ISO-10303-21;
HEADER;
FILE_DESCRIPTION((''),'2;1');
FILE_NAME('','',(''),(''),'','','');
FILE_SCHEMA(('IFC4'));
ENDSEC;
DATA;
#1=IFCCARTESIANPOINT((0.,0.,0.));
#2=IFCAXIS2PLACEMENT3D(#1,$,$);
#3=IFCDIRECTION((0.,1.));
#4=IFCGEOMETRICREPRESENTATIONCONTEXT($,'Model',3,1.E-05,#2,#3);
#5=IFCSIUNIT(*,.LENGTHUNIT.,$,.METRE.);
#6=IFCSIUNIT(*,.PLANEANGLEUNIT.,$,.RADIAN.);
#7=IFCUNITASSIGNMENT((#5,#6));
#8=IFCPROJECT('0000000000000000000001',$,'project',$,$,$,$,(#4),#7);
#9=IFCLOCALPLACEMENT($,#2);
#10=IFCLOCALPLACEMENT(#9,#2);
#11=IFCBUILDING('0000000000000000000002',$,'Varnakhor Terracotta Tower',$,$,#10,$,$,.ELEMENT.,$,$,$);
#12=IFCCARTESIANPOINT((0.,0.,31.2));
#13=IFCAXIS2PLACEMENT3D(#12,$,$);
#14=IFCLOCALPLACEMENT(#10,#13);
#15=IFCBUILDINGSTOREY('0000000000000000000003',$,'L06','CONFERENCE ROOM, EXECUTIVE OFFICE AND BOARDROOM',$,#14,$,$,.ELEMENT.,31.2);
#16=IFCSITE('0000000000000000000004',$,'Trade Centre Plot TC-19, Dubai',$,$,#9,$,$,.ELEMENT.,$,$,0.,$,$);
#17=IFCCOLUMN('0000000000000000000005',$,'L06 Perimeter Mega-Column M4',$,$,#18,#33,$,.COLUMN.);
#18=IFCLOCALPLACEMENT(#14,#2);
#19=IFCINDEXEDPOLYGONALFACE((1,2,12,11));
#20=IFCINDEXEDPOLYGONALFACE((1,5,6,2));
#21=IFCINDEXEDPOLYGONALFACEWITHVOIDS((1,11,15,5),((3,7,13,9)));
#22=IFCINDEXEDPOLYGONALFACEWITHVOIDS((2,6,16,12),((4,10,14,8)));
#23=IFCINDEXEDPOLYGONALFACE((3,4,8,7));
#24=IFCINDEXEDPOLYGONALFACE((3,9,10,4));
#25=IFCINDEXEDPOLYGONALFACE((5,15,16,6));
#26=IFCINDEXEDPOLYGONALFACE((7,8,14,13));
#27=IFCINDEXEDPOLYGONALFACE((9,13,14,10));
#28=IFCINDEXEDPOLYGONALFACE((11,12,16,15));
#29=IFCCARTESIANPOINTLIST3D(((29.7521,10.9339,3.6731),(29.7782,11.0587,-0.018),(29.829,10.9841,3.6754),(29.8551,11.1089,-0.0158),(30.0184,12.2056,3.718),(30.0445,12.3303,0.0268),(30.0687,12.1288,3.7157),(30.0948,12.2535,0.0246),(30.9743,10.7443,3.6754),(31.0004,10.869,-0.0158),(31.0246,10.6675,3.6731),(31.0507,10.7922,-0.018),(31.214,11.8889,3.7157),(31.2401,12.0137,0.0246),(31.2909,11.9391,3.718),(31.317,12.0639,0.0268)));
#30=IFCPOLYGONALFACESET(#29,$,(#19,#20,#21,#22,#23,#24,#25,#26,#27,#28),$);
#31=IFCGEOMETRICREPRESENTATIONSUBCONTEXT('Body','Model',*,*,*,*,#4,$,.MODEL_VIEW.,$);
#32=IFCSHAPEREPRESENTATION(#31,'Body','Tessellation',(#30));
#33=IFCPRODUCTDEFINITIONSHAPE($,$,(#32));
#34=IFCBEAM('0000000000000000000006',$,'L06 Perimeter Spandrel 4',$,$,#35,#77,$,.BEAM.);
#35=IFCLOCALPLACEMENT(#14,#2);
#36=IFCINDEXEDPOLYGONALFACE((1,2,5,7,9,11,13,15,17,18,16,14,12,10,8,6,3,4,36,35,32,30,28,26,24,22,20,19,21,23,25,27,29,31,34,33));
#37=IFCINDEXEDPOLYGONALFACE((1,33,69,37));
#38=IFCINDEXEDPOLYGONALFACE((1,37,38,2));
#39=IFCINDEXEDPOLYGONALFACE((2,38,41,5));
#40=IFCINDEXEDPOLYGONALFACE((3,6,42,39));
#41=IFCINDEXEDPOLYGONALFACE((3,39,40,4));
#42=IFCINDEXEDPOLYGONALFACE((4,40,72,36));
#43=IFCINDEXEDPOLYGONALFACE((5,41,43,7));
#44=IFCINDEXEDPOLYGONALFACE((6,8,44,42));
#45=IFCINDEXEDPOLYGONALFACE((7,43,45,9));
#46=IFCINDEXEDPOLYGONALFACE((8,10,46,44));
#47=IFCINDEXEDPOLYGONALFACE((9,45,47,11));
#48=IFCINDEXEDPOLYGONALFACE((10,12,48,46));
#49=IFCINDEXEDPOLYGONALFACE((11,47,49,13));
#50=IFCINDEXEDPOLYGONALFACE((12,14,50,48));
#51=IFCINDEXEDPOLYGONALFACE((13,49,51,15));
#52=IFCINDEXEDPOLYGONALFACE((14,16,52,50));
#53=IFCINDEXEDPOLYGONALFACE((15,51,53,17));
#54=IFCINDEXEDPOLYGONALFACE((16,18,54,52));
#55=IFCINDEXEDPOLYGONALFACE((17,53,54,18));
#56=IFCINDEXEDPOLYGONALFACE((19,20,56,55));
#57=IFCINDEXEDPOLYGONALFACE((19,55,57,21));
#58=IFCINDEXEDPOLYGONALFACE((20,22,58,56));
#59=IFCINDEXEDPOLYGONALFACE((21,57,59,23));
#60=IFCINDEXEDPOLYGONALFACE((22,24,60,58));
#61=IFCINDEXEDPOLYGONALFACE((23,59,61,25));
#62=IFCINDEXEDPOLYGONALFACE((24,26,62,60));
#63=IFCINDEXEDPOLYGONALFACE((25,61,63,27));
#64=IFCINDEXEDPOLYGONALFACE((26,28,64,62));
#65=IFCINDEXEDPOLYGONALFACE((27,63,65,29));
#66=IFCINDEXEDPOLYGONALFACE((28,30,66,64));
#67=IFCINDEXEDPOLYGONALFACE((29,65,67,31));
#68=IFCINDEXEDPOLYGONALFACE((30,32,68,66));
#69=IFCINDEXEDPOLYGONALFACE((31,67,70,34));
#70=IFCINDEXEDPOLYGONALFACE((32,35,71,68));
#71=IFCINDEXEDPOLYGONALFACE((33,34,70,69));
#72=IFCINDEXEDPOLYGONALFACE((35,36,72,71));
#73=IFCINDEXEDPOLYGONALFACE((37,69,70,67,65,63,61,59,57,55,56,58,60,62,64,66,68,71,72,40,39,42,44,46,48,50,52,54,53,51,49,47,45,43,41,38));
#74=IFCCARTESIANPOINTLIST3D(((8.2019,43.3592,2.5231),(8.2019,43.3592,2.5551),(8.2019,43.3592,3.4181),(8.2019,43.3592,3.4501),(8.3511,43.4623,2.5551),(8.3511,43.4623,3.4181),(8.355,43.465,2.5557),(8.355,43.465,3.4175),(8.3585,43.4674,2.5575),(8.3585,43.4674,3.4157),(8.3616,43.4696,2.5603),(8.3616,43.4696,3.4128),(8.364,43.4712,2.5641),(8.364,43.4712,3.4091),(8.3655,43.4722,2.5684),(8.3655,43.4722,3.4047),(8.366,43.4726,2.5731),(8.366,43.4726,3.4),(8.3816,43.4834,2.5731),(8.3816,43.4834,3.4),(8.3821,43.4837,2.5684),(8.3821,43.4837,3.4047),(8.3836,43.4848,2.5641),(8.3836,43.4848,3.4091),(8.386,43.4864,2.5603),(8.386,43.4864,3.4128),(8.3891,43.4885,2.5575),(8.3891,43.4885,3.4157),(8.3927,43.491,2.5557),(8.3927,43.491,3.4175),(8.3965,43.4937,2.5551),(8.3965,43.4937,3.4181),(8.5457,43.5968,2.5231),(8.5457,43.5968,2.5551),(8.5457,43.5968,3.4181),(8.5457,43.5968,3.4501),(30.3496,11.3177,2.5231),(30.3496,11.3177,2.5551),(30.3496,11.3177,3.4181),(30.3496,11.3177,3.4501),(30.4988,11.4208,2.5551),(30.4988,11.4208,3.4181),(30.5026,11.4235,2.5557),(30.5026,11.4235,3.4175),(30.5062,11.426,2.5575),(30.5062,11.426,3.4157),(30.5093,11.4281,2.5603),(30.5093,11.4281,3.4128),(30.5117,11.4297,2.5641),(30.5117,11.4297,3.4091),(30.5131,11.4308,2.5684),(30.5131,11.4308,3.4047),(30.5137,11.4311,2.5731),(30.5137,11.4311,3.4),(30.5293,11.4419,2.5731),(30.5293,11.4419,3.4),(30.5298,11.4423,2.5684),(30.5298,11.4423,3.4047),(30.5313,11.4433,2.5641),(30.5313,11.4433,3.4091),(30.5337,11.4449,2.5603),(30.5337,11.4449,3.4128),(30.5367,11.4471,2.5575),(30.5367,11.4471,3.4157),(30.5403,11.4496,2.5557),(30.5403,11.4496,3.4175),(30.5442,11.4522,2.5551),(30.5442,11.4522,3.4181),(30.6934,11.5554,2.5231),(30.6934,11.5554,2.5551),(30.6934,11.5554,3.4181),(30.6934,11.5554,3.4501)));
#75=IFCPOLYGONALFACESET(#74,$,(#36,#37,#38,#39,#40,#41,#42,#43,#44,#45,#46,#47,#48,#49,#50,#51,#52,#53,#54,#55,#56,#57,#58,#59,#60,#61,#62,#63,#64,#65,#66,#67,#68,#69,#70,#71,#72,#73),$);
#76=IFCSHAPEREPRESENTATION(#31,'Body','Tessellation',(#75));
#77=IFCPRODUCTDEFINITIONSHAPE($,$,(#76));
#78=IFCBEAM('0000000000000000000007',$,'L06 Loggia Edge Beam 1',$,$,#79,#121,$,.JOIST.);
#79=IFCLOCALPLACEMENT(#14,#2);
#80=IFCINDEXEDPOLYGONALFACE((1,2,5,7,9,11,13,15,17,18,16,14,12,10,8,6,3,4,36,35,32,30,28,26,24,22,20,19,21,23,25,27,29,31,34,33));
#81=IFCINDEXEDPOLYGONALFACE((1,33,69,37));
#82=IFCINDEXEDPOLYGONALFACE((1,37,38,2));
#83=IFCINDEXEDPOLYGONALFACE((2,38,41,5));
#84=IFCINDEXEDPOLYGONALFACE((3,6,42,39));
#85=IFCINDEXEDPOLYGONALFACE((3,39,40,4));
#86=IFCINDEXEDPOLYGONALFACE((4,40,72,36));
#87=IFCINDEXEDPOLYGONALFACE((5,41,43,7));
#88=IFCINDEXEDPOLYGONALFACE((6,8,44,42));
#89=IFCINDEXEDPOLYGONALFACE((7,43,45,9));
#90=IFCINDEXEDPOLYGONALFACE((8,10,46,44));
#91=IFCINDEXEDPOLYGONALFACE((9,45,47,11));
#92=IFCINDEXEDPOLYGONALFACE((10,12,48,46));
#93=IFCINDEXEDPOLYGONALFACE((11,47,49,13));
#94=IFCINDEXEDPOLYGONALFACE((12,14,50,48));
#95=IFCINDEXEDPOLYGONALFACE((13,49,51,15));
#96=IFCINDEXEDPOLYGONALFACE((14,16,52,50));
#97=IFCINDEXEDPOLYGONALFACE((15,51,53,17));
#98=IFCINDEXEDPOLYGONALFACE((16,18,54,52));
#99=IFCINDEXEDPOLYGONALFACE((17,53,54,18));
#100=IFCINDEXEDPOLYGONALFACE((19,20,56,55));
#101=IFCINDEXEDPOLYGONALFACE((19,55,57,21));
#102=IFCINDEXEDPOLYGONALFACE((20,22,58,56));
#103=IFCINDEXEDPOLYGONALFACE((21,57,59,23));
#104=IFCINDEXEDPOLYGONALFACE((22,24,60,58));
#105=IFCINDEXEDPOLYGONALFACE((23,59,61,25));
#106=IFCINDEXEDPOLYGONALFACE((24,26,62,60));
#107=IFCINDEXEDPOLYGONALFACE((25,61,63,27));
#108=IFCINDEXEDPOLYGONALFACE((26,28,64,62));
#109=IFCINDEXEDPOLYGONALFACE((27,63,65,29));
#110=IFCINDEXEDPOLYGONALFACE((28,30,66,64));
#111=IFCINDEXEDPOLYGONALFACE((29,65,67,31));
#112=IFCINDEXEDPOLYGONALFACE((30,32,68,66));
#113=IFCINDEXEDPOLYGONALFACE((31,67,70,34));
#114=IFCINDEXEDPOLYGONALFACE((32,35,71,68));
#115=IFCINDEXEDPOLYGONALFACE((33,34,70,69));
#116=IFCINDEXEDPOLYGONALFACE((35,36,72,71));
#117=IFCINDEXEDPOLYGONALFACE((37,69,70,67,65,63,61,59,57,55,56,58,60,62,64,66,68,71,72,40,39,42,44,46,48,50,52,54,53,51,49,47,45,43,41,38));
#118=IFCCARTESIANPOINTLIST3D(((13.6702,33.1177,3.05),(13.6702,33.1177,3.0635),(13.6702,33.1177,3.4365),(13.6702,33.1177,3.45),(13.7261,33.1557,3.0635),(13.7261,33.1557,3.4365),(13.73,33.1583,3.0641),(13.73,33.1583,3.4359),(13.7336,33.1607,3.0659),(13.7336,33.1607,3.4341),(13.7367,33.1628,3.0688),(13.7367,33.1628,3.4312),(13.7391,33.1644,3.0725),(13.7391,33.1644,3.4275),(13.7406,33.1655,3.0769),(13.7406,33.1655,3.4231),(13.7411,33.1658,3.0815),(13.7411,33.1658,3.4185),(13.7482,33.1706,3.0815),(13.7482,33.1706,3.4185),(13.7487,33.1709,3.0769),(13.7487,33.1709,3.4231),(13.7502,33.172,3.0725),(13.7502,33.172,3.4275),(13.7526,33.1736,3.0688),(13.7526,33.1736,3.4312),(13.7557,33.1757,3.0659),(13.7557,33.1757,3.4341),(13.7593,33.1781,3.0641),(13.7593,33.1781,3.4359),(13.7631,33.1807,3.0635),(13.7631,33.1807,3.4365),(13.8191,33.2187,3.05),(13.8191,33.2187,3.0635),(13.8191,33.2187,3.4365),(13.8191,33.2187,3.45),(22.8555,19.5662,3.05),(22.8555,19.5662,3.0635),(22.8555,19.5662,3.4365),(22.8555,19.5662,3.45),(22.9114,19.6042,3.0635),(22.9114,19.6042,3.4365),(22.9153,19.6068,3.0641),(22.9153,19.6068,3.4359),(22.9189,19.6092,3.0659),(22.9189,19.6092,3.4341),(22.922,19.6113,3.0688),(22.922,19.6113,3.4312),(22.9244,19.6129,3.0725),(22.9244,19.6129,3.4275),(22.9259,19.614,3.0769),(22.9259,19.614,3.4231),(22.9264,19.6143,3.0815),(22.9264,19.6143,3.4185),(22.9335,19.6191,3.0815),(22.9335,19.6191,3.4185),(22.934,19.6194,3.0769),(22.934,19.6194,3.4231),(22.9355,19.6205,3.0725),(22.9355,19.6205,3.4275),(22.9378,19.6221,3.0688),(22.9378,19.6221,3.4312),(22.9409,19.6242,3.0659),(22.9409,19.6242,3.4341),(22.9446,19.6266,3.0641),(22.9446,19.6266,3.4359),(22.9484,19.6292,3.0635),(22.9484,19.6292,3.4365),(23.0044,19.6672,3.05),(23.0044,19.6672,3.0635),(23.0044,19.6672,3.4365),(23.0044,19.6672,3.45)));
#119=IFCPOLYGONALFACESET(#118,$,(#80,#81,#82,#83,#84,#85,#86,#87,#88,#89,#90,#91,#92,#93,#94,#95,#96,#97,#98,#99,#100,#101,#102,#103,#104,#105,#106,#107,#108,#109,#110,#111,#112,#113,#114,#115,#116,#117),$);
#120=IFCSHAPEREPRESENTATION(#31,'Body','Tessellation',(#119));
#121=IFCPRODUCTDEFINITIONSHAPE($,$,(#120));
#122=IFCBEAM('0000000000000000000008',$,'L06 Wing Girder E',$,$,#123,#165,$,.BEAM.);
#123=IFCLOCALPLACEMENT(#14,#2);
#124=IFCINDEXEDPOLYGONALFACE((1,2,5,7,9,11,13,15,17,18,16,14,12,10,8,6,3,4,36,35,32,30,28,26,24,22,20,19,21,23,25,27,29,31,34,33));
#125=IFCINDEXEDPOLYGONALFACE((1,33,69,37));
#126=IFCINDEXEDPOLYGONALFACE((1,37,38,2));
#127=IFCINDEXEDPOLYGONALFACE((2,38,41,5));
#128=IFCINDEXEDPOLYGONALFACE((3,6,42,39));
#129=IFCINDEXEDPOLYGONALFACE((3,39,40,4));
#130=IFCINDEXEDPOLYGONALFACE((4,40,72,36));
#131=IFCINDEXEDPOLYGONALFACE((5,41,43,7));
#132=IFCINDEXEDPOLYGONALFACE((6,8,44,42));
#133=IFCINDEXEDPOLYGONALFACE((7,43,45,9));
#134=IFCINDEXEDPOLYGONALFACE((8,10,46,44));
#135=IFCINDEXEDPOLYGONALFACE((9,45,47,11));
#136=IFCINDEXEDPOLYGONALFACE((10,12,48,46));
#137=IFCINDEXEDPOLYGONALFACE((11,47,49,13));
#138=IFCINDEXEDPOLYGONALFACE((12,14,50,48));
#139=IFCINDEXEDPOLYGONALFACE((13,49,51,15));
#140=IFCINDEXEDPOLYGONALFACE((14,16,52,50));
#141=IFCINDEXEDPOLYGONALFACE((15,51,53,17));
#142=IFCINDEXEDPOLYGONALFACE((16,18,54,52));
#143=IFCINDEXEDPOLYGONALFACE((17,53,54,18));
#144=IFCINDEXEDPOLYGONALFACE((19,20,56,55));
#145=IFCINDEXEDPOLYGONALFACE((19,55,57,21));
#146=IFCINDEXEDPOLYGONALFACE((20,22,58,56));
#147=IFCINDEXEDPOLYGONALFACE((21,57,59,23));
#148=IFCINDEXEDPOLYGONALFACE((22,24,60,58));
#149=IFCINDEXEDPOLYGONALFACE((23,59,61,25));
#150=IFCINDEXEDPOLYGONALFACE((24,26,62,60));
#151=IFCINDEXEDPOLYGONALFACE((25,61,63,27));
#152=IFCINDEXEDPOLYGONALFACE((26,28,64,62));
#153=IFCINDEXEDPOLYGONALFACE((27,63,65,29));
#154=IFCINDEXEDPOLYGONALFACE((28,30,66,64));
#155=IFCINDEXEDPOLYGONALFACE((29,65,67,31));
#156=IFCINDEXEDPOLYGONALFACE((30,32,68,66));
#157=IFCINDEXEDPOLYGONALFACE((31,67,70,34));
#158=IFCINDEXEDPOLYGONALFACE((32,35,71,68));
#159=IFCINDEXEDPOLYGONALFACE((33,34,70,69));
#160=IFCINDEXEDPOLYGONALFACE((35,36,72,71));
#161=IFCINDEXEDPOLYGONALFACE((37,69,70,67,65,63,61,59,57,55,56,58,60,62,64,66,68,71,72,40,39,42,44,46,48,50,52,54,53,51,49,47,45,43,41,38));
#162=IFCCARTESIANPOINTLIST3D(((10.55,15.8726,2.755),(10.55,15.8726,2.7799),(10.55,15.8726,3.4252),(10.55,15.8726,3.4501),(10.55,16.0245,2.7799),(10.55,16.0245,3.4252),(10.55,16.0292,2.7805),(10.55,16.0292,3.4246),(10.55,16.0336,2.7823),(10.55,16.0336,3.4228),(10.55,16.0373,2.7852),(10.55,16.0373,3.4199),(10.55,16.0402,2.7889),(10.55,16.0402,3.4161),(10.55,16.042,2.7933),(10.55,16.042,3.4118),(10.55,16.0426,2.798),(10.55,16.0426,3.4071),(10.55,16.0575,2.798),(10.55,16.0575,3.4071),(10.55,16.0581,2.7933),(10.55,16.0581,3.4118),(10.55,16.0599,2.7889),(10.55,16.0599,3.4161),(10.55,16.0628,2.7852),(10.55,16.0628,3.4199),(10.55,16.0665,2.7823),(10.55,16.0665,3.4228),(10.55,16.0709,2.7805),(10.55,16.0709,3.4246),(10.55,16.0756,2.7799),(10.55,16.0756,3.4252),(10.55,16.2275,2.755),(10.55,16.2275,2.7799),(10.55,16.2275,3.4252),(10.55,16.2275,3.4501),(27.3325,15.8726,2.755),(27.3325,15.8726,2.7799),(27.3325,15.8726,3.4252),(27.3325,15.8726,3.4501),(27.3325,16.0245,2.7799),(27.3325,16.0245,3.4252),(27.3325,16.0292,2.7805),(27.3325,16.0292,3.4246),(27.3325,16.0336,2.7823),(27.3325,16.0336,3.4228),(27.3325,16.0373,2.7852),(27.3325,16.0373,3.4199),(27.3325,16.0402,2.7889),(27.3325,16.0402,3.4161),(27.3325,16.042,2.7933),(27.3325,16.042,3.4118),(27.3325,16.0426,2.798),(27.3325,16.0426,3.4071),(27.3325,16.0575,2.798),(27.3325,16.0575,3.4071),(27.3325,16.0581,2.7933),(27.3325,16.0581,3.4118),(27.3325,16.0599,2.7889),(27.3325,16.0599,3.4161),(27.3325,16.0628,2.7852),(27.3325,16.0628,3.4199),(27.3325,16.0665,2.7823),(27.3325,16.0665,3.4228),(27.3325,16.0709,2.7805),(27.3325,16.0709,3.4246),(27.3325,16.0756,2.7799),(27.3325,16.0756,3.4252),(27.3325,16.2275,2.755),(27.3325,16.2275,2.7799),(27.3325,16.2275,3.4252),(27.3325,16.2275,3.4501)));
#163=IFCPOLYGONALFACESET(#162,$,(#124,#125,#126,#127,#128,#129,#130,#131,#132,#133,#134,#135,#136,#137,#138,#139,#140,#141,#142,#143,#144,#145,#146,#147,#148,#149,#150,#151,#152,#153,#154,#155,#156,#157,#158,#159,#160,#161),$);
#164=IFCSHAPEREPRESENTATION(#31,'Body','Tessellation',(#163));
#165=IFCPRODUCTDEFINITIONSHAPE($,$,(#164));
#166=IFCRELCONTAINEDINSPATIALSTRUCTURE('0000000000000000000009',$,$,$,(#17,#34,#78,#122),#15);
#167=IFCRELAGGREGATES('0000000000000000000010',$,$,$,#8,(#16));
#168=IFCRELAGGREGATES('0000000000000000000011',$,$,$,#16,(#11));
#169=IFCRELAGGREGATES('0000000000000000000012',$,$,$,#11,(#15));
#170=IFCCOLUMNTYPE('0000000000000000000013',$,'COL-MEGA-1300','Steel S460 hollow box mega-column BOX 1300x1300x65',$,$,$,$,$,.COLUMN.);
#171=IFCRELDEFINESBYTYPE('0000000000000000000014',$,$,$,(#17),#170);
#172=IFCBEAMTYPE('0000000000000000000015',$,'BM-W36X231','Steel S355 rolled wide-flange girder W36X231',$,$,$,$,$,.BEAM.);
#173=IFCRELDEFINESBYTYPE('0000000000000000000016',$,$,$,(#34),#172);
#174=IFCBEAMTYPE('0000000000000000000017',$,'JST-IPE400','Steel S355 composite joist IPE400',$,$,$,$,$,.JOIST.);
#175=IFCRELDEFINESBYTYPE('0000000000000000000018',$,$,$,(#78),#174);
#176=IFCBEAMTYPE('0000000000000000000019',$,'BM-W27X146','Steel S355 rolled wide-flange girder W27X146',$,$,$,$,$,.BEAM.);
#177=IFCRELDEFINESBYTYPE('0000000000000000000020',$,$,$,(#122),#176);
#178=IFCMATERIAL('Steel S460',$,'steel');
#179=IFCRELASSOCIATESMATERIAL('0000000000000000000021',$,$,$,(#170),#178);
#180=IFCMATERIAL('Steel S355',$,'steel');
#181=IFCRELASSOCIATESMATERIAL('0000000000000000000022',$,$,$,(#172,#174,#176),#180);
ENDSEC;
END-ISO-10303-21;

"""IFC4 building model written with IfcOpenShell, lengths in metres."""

from ifc_helpers import new_model, si_unit, direction, frame, origin, origin_2d, place, context, subcontext, project, spatial, hollow_rectangle, i_section, extrude, source, transform, mapped, material, material_profile, profile_set, type_object, element, save


model = new_model("IFC4")

# Units and contexts
model_context = context("Model", 3, precision=1e-05, world=origin(), true_north=direction((0.0, 1.0)))
body_context = subcontext(model_context, "Body", "Model", "MODEL_VIEW")
ifc_project = project(units=[si_unit("LENGTHUNIT", "METRE"), si_unit("PLANEANGLEUNIT", "RADIAN")], contexts=[model_context])

# Site, building, storey
site_placement = place(None, origin())
site = spatial("IfcSite", under=ifc_project, at=site_placement, Name="Trade Centre Plot TC-19, Dubai", CompositionType="ELEMENT", RefElevation=0.0)
building_placement = place(site_placement, origin())
building = spatial("IfcBuilding", under=site, at=building_placement, Name="Varnakhor Terracotta Tower", CompositionType="ELEMENT")
storey_placement = place(building_placement, frame((0.0, 0.0, 31.2)))
storey = spatial("IfcBuildingStorey", under=building, at=storey_placement, Name="L06", Description="CONFERENCE ROOM, EXECUTIVE OFFICE AND BOARDROOM", CompositionType="ELEMENT", Elevation=31.2)

# Column
ifc_material_1 = material(Name="Steel S460", Category="steel")
ifc_material_profile_1 = material_profile(ifc_material_1, hollow_rectangle(XDim=1.3, YDim=1.3, WallThickness=0.0649, at=origin_2d()), Name="BOX 1300x1300x65")
ifc_profile_set_1 = profile_set([ifc_material_profile_1], Name="Steel S460")
column_type = type_object("IfcColumnType", Name="COL-MEGA-1300", Description="Steel S460 hollow box mega-column BOX 1300x1300x65", PredefinedType="COLUMN", material=ifc_profile_set_1)
shared_shape_1 = source(origin(), body_context, "Body", "SweptSolid", [
    extrude(hollow_rectangle(XDim=1.3, YDim=1.3, WallThickness=0.0649, at=origin_2d()), origin(), (0.0, 0.0, 1.0), 3.6934),
])
column_placement = place(storey_placement, frame((30.5476, 11.5613, 0.0044), z_axis=(-0.007073, -0.033778, 0.999404), x_axis=(0.978773, -0.204949, 0.0)))
element("IfcColumn", 1, at=column_placement, inside=storey, type_object=column_type, Name="L06 Perimeter Mega-Column M4", PredefinedType="COLUMN", context=body_context, shape_type="MappedRepresentation", body=[
    mapped(shared_shape_1, transform((0.0, 0.0, 0.0), scale=1.0)),
])

# Beams
ifc_material_2 = material(Name="Steel S355", Category="steel")
ifc_material_profile_2 = material_profile(ifc_material_2, i_section(OverallWidth=0.418, OverallDepth=0.927, WebThickness=0.019, FlangeThickness=0.032, FilletRadius=0.0181, at=origin_2d()), Name="W36X231")
ifc_profile_set_2 = profile_set([ifc_material_profile_2], Name="Steel S355")
beam_type_1 = type_object("IfcBeamType", Name="BM-W36X231", Description="Steel S355 rolled wide-flange girder W36X231", PredefinedType="BEAM", material=ifc_profile_set_2)
shared_shape_2 = source(origin(), body_context, "Body", "SweptSolid", [
    extrude(i_section(OverallWidth=0.418, OverallDepth=0.927, WebThickness=0.019, FlangeThickness=0.032, FilletRadius=0.0181, at=origin_2d()), origin(), (0.0, 0.0, 1.0), 38.9509),
])
beam_1_placement = place(storey_placement, frame((30.5215, 11.4365, 2.9866), z_axis=(-0.568605, 0.822611, 0.0), x_axis=(-0.822611, -0.568605, 0.0)))
element("IfcBeam", 2, at=beam_1_placement, inside=storey, type_object=beam_type_1, Name="L06 Perimeter Spandrel 4", PredefinedType="BEAM", context=body_context, shape_type="MappedRepresentation", body=[
    mapped(shared_shape_2, transform((0.0, 0.0, 0.0), scale=1.0)),
])
ifc_material_profile_3 = material_profile(ifc_material_2, i_section(OverallWidth=0.1799, OverallDepth=0.3999, WebThickness=0.0085, FlangeThickness=0.0134, FilletRadius=0.0181, at=origin_2d()), Name="IPE400")
ifc_profile_set_3 = profile_set([ifc_material_profile_3], Name="Steel S355")
beam_type_2 = type_object("IfcBeamType", Name="JST-IPE400", Description="Steel S355 composite joist IPE400", PredefinedType="JOIST", material=ifc_profile_set_3)
shared_shape_3 = source(origin(), body_context, "Body", "SweptSolid", [
    extrude(i_section(OverallWidth=0.1799, OverallDepth=0.3999, WebThickness=0.0085, FlangeThickness=0.0134, FilletRadius=0.0181, at=origin_2d()), origin(), (0.0, 0.0, 1.0), 16.3711),
])
beam_2_placement = place(storey_placement, frame((22.9299, 19.6167, 3.25), z_axis=(-0.561068, 0.82777, 0.0), x_axis=(-0.82777, -0.561068, 0.0)))
element("IfcBeam", 3, at=beam_2_placement, inside=storey, type_object=beam_type_2, Name="L06 Loggia Edge Beam 1", PredefinedType="JOIST", context=body_context, shape_type="MappedRepresentation", body=[
    mapped(shared_shape_3, transform((0.0, 0.0, 0.0), scale=1.0)),
])
ifc_material_profile_4 = material_profile(ifc_material_2, i_section(OverallWidth=0.355, OverallDepth=0.6951, WebThickness=0.0149, FlangeThickness=0.0249, FilletRadius=0.0181, at=origin_2d()), Name="W27X146")
ifc_profile_set_4 = profile_set([ifc_material_profile_4], Name="Steel S355")
beam_type_3 = type_object("IfcBeamType", Name="BM-W27X146", Description="Steel S355 rolled wide-flange girder W27X146", PredefinedType="BEAM", material=ifc_profile_set_4)
shared_shape_4 = source(origin(), body_context, "Body", "SweptSolid", [
    extrude(i_section(OverallWidth=0.355, OverallDepth=0.6951, WebThickness=0.0149, FlangeThickness=0.0249, FilletRadius=0.0181, at=origin_2d()), origin(), (0.0, 0.0, 1.0), 16.7825),
])
beam_3_placement = place(storey_placement, frame((10.55, 16.05, 3.1025), z_axis=(1.0, 0.0, 0.0), x_axis=(0.0, 1.0, 0.0)))
element("IfcBeam", 4, at=beam_3_placement, inside=storey, type_object=beam_type_3, Name="L06 Wing Girder E", PredefinedType="BEAM", context=body_context, shape_type="MappedRepresentation", body=[
    mapped(shared_shape_4, transform((0.0, 0.0, 0.0), scale=1.0)),
])

save(model, "model.ifc")
